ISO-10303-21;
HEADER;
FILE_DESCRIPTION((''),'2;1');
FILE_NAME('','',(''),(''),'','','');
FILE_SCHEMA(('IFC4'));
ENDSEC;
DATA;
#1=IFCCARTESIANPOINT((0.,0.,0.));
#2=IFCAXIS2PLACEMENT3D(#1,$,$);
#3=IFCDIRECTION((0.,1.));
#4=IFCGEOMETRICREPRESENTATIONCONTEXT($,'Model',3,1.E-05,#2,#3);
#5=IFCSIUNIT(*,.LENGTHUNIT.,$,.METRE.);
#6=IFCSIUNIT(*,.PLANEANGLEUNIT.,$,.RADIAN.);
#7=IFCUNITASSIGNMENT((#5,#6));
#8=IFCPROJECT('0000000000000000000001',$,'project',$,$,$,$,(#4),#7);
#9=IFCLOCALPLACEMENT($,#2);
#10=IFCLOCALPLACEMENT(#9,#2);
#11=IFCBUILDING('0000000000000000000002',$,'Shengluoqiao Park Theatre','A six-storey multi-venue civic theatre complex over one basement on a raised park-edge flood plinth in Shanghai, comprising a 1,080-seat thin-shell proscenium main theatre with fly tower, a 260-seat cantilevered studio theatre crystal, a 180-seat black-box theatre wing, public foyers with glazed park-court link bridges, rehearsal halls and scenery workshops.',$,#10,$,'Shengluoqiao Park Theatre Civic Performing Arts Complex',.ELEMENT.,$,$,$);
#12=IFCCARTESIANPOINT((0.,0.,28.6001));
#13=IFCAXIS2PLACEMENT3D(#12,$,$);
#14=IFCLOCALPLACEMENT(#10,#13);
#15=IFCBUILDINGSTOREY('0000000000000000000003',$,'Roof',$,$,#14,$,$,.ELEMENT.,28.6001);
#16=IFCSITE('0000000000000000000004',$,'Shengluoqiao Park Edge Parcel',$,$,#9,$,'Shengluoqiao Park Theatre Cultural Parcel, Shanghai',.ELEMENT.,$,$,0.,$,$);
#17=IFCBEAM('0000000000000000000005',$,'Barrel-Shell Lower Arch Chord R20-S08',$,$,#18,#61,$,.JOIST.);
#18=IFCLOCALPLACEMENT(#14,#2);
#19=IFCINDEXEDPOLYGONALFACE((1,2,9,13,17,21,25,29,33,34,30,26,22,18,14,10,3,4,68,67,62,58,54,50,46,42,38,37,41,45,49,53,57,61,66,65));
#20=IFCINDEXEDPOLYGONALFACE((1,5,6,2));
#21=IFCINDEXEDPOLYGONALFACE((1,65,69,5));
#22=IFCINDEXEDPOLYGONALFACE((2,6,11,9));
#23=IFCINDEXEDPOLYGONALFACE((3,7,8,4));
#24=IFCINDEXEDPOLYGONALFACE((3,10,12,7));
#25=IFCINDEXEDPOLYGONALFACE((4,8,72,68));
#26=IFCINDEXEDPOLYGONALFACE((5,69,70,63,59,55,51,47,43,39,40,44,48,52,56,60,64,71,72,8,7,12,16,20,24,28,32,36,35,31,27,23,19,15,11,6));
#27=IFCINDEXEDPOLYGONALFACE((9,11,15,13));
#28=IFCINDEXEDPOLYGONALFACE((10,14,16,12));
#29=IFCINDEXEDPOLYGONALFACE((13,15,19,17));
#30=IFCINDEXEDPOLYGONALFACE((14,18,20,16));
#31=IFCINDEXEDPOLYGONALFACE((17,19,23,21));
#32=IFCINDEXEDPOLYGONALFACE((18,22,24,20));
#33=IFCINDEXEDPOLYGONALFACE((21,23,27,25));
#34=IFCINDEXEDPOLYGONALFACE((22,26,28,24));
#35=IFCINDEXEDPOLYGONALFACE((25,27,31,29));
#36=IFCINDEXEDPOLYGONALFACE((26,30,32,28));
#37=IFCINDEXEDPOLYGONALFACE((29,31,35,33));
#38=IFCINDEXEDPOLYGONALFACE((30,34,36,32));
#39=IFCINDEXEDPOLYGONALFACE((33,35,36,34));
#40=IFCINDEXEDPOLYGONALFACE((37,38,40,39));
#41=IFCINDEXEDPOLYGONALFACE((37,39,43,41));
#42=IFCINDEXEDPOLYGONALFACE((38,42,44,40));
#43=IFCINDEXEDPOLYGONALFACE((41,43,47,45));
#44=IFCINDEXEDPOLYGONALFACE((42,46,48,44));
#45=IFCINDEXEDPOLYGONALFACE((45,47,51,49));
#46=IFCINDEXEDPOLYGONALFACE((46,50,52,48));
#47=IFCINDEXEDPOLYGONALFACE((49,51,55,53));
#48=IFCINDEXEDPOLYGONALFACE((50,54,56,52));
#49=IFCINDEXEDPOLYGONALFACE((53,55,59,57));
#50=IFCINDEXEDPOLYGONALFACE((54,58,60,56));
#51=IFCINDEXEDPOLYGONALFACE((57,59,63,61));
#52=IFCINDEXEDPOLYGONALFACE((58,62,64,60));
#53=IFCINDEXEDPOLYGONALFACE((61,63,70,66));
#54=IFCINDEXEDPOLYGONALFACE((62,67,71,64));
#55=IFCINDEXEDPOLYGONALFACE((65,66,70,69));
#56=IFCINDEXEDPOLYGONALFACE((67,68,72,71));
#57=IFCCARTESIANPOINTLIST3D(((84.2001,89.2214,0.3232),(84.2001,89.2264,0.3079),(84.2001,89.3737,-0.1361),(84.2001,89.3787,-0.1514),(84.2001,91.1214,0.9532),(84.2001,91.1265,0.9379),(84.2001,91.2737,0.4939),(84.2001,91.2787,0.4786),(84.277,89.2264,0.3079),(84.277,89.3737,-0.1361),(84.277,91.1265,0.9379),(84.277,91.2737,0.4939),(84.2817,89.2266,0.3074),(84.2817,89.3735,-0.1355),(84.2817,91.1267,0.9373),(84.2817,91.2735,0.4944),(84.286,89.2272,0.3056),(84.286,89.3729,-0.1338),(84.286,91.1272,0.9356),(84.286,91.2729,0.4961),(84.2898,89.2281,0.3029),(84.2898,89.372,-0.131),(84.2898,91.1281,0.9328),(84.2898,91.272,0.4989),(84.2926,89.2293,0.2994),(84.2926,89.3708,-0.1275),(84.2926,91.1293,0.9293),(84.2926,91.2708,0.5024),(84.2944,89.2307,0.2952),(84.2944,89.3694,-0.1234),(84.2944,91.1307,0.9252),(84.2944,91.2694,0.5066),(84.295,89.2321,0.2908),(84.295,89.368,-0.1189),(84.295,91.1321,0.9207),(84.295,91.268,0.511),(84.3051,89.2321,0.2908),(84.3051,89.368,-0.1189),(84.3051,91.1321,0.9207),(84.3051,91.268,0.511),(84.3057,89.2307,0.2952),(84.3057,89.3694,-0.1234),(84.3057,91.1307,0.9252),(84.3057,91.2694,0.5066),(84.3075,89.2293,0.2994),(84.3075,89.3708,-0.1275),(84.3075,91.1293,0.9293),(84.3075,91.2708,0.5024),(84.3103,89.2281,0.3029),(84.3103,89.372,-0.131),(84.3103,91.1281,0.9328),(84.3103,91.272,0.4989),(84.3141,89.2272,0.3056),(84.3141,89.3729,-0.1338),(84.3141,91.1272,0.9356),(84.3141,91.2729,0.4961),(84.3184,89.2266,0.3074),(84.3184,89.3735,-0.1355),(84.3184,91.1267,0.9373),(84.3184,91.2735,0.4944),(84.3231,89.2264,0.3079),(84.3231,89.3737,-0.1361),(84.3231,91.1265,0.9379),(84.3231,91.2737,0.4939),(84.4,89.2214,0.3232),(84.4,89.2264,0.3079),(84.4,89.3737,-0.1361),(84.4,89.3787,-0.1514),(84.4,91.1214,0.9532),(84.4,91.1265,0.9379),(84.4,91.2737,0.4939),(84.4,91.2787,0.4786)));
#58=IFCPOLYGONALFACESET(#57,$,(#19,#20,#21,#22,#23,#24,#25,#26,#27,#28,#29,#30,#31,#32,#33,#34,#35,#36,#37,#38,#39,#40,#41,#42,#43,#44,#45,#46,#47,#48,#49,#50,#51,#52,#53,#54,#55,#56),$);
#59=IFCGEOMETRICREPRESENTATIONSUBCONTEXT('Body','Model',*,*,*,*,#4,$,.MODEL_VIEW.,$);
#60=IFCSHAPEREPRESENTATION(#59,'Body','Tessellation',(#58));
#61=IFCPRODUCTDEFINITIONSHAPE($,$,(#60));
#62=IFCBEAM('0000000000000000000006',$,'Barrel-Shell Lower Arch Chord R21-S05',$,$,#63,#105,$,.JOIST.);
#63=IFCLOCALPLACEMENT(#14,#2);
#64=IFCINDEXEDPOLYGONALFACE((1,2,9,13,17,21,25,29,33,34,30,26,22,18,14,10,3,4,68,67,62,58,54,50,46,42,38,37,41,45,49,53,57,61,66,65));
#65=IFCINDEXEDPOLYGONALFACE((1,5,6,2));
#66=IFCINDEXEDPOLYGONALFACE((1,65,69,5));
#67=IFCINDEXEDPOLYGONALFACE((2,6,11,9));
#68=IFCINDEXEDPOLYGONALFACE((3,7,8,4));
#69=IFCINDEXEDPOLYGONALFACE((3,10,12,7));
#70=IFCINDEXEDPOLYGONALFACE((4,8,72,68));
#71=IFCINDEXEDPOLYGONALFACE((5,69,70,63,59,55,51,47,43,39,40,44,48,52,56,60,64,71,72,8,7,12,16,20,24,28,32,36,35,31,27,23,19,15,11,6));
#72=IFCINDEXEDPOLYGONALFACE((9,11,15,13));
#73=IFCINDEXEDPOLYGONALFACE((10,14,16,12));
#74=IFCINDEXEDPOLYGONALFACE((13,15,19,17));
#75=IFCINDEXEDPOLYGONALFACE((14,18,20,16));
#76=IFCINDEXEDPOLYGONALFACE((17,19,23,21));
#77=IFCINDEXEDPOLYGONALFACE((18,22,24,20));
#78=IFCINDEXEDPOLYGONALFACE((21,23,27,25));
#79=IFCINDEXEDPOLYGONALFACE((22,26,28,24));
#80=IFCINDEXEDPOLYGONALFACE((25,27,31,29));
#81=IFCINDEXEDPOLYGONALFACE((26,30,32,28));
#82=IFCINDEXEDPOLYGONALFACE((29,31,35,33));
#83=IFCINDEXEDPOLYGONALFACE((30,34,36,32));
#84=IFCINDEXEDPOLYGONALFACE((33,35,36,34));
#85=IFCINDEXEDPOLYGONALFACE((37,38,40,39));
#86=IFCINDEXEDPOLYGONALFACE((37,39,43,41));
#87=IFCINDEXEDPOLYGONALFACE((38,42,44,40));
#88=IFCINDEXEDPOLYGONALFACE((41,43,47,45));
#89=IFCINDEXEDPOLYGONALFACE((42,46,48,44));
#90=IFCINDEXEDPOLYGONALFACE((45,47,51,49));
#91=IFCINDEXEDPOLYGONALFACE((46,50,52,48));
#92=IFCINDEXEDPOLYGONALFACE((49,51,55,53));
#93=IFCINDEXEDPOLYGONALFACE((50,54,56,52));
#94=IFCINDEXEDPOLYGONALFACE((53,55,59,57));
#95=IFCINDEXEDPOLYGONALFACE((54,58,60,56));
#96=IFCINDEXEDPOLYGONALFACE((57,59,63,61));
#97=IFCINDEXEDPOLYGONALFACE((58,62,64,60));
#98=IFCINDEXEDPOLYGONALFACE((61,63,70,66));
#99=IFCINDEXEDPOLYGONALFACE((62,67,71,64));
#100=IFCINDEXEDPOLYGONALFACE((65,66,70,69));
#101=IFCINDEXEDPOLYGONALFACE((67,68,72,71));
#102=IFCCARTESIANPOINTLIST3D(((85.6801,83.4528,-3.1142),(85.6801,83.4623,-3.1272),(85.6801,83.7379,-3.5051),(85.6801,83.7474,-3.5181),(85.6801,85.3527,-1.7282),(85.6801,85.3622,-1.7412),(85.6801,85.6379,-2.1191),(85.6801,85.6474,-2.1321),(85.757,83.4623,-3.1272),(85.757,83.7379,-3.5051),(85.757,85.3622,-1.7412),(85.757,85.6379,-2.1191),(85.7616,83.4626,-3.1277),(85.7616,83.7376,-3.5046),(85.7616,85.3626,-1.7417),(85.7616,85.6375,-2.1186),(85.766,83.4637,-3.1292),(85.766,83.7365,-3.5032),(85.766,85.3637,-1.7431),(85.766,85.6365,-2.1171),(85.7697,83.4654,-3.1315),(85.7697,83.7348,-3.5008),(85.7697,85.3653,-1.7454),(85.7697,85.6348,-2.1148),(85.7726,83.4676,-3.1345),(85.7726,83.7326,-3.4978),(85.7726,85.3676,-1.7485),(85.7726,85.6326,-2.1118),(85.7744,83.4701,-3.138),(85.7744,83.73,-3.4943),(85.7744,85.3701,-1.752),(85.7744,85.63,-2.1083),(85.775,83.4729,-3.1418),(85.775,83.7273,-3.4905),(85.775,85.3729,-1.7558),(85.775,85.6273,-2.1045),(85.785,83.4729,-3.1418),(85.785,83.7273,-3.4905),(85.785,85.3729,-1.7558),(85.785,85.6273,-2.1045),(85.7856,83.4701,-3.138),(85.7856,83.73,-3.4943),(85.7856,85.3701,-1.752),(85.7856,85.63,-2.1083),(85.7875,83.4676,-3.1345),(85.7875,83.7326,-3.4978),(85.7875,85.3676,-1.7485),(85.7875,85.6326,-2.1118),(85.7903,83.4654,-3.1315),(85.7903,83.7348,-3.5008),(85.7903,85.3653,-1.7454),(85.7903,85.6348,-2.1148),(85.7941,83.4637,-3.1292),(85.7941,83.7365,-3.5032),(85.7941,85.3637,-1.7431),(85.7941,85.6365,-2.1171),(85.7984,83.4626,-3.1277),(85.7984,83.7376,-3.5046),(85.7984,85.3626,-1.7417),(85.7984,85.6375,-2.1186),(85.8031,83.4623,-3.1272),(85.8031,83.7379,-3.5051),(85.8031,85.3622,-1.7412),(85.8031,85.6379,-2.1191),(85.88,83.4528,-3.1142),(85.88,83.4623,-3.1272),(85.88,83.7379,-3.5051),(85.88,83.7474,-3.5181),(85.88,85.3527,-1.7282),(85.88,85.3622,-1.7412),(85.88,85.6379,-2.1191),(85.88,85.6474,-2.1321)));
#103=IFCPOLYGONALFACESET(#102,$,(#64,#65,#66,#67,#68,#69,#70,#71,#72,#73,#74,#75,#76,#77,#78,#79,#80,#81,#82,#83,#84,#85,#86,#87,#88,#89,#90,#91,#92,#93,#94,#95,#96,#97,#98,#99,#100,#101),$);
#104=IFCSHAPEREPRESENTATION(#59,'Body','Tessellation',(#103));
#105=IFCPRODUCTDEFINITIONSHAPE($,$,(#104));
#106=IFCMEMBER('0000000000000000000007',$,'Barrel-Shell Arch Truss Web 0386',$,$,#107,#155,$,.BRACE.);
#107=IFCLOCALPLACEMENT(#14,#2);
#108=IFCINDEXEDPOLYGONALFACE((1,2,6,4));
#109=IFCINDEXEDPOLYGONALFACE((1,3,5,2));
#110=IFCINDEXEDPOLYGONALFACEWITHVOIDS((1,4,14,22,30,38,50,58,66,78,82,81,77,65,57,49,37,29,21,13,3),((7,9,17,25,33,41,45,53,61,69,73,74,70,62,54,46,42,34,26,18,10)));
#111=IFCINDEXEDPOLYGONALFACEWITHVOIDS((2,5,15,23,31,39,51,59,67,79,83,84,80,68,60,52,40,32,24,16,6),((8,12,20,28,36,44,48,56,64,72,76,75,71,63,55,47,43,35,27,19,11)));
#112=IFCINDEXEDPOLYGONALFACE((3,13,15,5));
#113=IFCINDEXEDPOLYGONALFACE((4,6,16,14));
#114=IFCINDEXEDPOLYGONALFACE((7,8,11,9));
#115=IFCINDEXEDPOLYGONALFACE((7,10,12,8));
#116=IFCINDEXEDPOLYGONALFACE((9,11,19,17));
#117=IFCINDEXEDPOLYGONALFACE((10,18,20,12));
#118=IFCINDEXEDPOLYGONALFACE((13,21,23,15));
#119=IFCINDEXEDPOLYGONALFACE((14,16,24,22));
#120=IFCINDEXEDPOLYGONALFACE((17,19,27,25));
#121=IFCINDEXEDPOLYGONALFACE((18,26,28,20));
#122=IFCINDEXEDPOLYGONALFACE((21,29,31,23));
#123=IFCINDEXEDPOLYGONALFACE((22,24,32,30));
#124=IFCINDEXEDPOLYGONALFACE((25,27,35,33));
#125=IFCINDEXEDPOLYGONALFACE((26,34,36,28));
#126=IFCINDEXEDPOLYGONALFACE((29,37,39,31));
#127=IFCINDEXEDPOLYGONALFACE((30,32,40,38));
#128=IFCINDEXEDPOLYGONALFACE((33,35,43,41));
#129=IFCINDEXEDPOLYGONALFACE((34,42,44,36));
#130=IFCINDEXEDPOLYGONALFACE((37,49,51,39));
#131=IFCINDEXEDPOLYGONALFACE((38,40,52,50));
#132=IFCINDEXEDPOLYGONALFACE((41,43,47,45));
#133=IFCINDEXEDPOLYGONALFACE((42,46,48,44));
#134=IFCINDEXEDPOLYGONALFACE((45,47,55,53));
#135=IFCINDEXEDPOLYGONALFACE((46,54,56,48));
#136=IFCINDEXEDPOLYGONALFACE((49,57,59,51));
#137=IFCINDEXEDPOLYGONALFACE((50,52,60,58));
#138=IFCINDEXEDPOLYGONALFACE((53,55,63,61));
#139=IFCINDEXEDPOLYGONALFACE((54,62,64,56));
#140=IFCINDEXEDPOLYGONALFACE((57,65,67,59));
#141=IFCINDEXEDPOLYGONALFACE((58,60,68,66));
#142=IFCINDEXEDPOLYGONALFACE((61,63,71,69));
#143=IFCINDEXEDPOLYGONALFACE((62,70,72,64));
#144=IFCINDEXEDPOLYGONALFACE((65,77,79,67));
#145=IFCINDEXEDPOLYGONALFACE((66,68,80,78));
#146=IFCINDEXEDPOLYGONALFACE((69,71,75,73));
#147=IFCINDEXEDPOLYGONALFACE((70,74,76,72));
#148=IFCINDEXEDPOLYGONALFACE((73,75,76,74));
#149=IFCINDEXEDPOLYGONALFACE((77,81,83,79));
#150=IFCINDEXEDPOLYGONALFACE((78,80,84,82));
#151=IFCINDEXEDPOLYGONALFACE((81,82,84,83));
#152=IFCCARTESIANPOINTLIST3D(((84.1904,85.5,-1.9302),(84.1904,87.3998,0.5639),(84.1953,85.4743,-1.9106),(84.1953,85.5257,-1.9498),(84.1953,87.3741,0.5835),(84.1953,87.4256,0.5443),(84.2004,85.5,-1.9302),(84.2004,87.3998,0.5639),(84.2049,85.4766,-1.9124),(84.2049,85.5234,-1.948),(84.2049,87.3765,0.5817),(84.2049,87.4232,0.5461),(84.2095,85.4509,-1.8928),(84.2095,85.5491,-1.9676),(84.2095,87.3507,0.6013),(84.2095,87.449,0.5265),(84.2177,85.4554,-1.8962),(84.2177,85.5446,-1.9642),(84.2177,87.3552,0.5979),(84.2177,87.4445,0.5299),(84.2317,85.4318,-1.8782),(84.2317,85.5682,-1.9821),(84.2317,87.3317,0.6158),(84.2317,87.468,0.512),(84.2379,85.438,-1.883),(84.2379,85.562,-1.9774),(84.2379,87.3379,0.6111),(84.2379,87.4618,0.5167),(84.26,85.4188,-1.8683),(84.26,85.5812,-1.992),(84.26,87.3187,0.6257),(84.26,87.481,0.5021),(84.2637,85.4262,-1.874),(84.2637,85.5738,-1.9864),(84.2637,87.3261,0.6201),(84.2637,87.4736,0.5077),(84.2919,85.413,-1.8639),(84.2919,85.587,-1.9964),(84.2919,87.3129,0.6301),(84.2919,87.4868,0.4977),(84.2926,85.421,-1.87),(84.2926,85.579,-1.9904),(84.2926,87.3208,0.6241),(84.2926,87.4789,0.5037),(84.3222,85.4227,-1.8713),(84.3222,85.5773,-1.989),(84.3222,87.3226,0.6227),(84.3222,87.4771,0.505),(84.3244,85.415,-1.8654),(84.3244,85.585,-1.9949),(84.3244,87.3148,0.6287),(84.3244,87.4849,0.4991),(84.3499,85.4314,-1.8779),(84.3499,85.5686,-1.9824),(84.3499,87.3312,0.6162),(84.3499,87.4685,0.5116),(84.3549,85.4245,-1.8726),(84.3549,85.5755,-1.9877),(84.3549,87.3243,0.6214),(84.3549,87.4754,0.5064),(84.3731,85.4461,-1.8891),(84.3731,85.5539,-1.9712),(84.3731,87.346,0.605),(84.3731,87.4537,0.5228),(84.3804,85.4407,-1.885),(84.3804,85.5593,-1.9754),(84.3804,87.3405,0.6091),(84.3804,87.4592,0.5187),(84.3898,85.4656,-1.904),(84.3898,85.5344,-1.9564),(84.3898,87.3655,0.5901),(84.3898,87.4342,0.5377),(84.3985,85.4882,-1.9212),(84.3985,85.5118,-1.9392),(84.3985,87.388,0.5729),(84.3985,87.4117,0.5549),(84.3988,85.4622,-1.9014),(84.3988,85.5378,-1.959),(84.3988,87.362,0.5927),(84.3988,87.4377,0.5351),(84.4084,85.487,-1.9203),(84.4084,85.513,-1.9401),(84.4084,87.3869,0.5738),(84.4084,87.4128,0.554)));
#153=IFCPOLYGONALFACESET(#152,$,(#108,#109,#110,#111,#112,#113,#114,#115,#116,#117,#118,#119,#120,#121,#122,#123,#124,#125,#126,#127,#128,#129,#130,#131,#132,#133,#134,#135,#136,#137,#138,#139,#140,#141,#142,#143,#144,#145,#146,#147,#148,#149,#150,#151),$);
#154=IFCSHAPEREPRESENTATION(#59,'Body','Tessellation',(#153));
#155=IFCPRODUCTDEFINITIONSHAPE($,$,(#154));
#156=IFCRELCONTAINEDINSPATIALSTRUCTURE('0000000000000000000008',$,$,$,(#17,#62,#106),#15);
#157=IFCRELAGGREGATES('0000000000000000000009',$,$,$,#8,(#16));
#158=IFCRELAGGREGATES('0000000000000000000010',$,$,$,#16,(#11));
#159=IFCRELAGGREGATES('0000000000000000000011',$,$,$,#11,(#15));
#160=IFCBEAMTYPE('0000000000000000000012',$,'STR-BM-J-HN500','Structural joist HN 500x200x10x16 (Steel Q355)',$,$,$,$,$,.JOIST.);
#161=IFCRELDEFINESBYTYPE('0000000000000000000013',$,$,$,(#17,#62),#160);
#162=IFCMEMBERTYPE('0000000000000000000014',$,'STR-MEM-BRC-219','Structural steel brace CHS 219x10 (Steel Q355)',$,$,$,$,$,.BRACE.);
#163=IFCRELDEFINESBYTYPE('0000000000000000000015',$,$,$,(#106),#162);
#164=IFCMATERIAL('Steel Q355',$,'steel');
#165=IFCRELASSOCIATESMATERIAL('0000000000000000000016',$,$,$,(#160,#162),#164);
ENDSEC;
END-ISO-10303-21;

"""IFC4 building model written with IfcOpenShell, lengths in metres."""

from ifc_helpers import new_model, si_unit, direction, frame, origin, origin_2d, place, context, subcontext, project, spatial, hollow_circle, i_section, extrude, material, material_profile, profile_set, type_object, element, save


model = new_model("IFC4")

# Units and contexts
model_context = context("Model", 3, precision=1e-05, world=origin(), true_north=direction((0.0, 1.0)))
body_context = subcontext(model_context, "Body", "Model", "MODEL_VIEW")
ifc_project = project(units=[si_unit("LENGTHUNIT", "METRE"), si_unit("PLANEANGLEUNIT", "RADIAN")], contexts=[model_context])

# Site, building, storey
site_placement = place(None, origin())
site = spatial("IfcSite", under=ifc_project, at=site_placement, Name="Shengluoqiao Park Edge Parcel", LongName="Shengluoqiao Park Theatre Cultural Parcel, Shanghai", CompositionType="ELEMENT", RefElevation=0.0)
building_placement = place(site_placement, origin())
building = spatial("IfcBuilding", under=site, at=building_placement, Name="Shengluoqiao Park Theatre", Description="A six-storey multi-venue civic theatre complex over one basement on a raised park-edge flood plinth in Shanghai, comprising a 1,080-seat thin-shell proscenium main theatre with fly tower, a 260-seat cantilevered studio theatre crystal, a 180-seat black-box theatre wing, public foyers with glazed park-court link bridges, rehearsal halls and scenery workshops.", LongName="Shengluoqiao Park Theatre Civic Performing Arts Complex", CompositionType="ELEMENT")
storey_placement = place(building_placement, frame((0.0, 0.0, 28.6001)))
storey = spatial("IfcBuildingStorey", under=building, at=storey_placement, Name="Roof", CompositionType="ELEMENT", Elevation=28.6001)

# Beams
ifc_material_1 = material(Name="Steel Q355", Category="steel")
ifc_material_profile_1 = material_profile(ifc_material_1, i_section(OverallWidth=0.2, OverallDepth=0.5, WebThickness=0.01, FlangeThickness=0.0161, FilletRadius=0.0181, at=origin_2d()), Name="HN 500x200x10x16")
ifc_profile_set_1 = profile_set([ifc_material_profile_1], Name="Steel Q355")
beam_type_1 = type_object("IfcBeamType", Name="STR-BM-J-HN500", Description="Structural joist HN 500x200x10x16 (Steel Q355)", PredefinedType="JOIST", material=ifc_profile_set_1)
beam_1_placement = place(storey_placement, frame((84.3, 89.3, 0.0859), z_axis=(0.0, 0.949194, 0.31469), x_axis=(-1.0, 0.0, 0.0)))
element("IfcBeam", 1, at=beam_1_placement, inside=storey, type_object=beam_type_1, Name="Barrel-Shell Lower Arch Chord R20-S08", PredefinedType="JOIST", context=body_context, shape_type="SweptSolid", body=[
    extrude(i_section(OverallWidth=0.2, OverallDepth=0.5, WebThickness=0.01, FlangeThickness=0.0161, FilletRadius=0.0181, at=origin_2d()), origin(), (0.0, 0.0, 1.0), 2.0017),
])
beam_2_placement = place(storey_placement, frame((85.78, 83.6001, -3.3162), z_axis=(0.0, 0.807878, 0.58935), x_axis=(-1.0, 0.0, 0.0)))
element("IfcBeam", 2, at=beam_2_placement, inside=storey, type_object=beam_type_1, Name="Barrel-Shell Lower Arch Chord R21-S05", PredefinedType="JOIST", context=body_context, shape_type="SweptSolid", body=[
    extrude(i_section(OverallWidth=0.2, OverallDepth=0.5, WebThickness=0.01, FlangeThickness=0.0161, FilletRadius=0.0181, at=origin_2d()), origin(), (0.0, 0.0, 1.0), 2.3518),
])

# Member
ifc_material_profile_2 = material_profile(ifc_material_1, hollow_circle(Radius=0.1096, WallThickness=0.01, at=origin_2d()), Name="CHS 219x10")
ifc_profile_set_2 = profile_set([ifc_material_profile_2], Name="Steel Q355")
member_type_1 = type_object("IfcMemberType", Name="STR-MEM-BRC-219", Description="Structural steel brace CHS 219x10 (Steel Q355)", PredefinedType="BRACE", material=ifc_profile_set_2)
member_1_placement = place(storey_placement, frame((84.3, 85.5, -1.9302), z_axis=(0.0, 0.605963, 0.795492), x_axis=(-1.0, 0.0, 0.0)))
element("IfcMember", 3, at=member_1_placement, inside=storey, type_object=member_type_1, Name="Barrel-Shell Arch Truss Web 0386", PredefinedType="BRACE", context=body_context, shape_type="SweptSolid", body=[
    extrude(hollow_circle(Radius=0.1096, WallThickness=0.01, at=origin_2d()), origin(), (0.0, 0.0, 1.0), 3.1353),
])

save(model, "model.ifc")
